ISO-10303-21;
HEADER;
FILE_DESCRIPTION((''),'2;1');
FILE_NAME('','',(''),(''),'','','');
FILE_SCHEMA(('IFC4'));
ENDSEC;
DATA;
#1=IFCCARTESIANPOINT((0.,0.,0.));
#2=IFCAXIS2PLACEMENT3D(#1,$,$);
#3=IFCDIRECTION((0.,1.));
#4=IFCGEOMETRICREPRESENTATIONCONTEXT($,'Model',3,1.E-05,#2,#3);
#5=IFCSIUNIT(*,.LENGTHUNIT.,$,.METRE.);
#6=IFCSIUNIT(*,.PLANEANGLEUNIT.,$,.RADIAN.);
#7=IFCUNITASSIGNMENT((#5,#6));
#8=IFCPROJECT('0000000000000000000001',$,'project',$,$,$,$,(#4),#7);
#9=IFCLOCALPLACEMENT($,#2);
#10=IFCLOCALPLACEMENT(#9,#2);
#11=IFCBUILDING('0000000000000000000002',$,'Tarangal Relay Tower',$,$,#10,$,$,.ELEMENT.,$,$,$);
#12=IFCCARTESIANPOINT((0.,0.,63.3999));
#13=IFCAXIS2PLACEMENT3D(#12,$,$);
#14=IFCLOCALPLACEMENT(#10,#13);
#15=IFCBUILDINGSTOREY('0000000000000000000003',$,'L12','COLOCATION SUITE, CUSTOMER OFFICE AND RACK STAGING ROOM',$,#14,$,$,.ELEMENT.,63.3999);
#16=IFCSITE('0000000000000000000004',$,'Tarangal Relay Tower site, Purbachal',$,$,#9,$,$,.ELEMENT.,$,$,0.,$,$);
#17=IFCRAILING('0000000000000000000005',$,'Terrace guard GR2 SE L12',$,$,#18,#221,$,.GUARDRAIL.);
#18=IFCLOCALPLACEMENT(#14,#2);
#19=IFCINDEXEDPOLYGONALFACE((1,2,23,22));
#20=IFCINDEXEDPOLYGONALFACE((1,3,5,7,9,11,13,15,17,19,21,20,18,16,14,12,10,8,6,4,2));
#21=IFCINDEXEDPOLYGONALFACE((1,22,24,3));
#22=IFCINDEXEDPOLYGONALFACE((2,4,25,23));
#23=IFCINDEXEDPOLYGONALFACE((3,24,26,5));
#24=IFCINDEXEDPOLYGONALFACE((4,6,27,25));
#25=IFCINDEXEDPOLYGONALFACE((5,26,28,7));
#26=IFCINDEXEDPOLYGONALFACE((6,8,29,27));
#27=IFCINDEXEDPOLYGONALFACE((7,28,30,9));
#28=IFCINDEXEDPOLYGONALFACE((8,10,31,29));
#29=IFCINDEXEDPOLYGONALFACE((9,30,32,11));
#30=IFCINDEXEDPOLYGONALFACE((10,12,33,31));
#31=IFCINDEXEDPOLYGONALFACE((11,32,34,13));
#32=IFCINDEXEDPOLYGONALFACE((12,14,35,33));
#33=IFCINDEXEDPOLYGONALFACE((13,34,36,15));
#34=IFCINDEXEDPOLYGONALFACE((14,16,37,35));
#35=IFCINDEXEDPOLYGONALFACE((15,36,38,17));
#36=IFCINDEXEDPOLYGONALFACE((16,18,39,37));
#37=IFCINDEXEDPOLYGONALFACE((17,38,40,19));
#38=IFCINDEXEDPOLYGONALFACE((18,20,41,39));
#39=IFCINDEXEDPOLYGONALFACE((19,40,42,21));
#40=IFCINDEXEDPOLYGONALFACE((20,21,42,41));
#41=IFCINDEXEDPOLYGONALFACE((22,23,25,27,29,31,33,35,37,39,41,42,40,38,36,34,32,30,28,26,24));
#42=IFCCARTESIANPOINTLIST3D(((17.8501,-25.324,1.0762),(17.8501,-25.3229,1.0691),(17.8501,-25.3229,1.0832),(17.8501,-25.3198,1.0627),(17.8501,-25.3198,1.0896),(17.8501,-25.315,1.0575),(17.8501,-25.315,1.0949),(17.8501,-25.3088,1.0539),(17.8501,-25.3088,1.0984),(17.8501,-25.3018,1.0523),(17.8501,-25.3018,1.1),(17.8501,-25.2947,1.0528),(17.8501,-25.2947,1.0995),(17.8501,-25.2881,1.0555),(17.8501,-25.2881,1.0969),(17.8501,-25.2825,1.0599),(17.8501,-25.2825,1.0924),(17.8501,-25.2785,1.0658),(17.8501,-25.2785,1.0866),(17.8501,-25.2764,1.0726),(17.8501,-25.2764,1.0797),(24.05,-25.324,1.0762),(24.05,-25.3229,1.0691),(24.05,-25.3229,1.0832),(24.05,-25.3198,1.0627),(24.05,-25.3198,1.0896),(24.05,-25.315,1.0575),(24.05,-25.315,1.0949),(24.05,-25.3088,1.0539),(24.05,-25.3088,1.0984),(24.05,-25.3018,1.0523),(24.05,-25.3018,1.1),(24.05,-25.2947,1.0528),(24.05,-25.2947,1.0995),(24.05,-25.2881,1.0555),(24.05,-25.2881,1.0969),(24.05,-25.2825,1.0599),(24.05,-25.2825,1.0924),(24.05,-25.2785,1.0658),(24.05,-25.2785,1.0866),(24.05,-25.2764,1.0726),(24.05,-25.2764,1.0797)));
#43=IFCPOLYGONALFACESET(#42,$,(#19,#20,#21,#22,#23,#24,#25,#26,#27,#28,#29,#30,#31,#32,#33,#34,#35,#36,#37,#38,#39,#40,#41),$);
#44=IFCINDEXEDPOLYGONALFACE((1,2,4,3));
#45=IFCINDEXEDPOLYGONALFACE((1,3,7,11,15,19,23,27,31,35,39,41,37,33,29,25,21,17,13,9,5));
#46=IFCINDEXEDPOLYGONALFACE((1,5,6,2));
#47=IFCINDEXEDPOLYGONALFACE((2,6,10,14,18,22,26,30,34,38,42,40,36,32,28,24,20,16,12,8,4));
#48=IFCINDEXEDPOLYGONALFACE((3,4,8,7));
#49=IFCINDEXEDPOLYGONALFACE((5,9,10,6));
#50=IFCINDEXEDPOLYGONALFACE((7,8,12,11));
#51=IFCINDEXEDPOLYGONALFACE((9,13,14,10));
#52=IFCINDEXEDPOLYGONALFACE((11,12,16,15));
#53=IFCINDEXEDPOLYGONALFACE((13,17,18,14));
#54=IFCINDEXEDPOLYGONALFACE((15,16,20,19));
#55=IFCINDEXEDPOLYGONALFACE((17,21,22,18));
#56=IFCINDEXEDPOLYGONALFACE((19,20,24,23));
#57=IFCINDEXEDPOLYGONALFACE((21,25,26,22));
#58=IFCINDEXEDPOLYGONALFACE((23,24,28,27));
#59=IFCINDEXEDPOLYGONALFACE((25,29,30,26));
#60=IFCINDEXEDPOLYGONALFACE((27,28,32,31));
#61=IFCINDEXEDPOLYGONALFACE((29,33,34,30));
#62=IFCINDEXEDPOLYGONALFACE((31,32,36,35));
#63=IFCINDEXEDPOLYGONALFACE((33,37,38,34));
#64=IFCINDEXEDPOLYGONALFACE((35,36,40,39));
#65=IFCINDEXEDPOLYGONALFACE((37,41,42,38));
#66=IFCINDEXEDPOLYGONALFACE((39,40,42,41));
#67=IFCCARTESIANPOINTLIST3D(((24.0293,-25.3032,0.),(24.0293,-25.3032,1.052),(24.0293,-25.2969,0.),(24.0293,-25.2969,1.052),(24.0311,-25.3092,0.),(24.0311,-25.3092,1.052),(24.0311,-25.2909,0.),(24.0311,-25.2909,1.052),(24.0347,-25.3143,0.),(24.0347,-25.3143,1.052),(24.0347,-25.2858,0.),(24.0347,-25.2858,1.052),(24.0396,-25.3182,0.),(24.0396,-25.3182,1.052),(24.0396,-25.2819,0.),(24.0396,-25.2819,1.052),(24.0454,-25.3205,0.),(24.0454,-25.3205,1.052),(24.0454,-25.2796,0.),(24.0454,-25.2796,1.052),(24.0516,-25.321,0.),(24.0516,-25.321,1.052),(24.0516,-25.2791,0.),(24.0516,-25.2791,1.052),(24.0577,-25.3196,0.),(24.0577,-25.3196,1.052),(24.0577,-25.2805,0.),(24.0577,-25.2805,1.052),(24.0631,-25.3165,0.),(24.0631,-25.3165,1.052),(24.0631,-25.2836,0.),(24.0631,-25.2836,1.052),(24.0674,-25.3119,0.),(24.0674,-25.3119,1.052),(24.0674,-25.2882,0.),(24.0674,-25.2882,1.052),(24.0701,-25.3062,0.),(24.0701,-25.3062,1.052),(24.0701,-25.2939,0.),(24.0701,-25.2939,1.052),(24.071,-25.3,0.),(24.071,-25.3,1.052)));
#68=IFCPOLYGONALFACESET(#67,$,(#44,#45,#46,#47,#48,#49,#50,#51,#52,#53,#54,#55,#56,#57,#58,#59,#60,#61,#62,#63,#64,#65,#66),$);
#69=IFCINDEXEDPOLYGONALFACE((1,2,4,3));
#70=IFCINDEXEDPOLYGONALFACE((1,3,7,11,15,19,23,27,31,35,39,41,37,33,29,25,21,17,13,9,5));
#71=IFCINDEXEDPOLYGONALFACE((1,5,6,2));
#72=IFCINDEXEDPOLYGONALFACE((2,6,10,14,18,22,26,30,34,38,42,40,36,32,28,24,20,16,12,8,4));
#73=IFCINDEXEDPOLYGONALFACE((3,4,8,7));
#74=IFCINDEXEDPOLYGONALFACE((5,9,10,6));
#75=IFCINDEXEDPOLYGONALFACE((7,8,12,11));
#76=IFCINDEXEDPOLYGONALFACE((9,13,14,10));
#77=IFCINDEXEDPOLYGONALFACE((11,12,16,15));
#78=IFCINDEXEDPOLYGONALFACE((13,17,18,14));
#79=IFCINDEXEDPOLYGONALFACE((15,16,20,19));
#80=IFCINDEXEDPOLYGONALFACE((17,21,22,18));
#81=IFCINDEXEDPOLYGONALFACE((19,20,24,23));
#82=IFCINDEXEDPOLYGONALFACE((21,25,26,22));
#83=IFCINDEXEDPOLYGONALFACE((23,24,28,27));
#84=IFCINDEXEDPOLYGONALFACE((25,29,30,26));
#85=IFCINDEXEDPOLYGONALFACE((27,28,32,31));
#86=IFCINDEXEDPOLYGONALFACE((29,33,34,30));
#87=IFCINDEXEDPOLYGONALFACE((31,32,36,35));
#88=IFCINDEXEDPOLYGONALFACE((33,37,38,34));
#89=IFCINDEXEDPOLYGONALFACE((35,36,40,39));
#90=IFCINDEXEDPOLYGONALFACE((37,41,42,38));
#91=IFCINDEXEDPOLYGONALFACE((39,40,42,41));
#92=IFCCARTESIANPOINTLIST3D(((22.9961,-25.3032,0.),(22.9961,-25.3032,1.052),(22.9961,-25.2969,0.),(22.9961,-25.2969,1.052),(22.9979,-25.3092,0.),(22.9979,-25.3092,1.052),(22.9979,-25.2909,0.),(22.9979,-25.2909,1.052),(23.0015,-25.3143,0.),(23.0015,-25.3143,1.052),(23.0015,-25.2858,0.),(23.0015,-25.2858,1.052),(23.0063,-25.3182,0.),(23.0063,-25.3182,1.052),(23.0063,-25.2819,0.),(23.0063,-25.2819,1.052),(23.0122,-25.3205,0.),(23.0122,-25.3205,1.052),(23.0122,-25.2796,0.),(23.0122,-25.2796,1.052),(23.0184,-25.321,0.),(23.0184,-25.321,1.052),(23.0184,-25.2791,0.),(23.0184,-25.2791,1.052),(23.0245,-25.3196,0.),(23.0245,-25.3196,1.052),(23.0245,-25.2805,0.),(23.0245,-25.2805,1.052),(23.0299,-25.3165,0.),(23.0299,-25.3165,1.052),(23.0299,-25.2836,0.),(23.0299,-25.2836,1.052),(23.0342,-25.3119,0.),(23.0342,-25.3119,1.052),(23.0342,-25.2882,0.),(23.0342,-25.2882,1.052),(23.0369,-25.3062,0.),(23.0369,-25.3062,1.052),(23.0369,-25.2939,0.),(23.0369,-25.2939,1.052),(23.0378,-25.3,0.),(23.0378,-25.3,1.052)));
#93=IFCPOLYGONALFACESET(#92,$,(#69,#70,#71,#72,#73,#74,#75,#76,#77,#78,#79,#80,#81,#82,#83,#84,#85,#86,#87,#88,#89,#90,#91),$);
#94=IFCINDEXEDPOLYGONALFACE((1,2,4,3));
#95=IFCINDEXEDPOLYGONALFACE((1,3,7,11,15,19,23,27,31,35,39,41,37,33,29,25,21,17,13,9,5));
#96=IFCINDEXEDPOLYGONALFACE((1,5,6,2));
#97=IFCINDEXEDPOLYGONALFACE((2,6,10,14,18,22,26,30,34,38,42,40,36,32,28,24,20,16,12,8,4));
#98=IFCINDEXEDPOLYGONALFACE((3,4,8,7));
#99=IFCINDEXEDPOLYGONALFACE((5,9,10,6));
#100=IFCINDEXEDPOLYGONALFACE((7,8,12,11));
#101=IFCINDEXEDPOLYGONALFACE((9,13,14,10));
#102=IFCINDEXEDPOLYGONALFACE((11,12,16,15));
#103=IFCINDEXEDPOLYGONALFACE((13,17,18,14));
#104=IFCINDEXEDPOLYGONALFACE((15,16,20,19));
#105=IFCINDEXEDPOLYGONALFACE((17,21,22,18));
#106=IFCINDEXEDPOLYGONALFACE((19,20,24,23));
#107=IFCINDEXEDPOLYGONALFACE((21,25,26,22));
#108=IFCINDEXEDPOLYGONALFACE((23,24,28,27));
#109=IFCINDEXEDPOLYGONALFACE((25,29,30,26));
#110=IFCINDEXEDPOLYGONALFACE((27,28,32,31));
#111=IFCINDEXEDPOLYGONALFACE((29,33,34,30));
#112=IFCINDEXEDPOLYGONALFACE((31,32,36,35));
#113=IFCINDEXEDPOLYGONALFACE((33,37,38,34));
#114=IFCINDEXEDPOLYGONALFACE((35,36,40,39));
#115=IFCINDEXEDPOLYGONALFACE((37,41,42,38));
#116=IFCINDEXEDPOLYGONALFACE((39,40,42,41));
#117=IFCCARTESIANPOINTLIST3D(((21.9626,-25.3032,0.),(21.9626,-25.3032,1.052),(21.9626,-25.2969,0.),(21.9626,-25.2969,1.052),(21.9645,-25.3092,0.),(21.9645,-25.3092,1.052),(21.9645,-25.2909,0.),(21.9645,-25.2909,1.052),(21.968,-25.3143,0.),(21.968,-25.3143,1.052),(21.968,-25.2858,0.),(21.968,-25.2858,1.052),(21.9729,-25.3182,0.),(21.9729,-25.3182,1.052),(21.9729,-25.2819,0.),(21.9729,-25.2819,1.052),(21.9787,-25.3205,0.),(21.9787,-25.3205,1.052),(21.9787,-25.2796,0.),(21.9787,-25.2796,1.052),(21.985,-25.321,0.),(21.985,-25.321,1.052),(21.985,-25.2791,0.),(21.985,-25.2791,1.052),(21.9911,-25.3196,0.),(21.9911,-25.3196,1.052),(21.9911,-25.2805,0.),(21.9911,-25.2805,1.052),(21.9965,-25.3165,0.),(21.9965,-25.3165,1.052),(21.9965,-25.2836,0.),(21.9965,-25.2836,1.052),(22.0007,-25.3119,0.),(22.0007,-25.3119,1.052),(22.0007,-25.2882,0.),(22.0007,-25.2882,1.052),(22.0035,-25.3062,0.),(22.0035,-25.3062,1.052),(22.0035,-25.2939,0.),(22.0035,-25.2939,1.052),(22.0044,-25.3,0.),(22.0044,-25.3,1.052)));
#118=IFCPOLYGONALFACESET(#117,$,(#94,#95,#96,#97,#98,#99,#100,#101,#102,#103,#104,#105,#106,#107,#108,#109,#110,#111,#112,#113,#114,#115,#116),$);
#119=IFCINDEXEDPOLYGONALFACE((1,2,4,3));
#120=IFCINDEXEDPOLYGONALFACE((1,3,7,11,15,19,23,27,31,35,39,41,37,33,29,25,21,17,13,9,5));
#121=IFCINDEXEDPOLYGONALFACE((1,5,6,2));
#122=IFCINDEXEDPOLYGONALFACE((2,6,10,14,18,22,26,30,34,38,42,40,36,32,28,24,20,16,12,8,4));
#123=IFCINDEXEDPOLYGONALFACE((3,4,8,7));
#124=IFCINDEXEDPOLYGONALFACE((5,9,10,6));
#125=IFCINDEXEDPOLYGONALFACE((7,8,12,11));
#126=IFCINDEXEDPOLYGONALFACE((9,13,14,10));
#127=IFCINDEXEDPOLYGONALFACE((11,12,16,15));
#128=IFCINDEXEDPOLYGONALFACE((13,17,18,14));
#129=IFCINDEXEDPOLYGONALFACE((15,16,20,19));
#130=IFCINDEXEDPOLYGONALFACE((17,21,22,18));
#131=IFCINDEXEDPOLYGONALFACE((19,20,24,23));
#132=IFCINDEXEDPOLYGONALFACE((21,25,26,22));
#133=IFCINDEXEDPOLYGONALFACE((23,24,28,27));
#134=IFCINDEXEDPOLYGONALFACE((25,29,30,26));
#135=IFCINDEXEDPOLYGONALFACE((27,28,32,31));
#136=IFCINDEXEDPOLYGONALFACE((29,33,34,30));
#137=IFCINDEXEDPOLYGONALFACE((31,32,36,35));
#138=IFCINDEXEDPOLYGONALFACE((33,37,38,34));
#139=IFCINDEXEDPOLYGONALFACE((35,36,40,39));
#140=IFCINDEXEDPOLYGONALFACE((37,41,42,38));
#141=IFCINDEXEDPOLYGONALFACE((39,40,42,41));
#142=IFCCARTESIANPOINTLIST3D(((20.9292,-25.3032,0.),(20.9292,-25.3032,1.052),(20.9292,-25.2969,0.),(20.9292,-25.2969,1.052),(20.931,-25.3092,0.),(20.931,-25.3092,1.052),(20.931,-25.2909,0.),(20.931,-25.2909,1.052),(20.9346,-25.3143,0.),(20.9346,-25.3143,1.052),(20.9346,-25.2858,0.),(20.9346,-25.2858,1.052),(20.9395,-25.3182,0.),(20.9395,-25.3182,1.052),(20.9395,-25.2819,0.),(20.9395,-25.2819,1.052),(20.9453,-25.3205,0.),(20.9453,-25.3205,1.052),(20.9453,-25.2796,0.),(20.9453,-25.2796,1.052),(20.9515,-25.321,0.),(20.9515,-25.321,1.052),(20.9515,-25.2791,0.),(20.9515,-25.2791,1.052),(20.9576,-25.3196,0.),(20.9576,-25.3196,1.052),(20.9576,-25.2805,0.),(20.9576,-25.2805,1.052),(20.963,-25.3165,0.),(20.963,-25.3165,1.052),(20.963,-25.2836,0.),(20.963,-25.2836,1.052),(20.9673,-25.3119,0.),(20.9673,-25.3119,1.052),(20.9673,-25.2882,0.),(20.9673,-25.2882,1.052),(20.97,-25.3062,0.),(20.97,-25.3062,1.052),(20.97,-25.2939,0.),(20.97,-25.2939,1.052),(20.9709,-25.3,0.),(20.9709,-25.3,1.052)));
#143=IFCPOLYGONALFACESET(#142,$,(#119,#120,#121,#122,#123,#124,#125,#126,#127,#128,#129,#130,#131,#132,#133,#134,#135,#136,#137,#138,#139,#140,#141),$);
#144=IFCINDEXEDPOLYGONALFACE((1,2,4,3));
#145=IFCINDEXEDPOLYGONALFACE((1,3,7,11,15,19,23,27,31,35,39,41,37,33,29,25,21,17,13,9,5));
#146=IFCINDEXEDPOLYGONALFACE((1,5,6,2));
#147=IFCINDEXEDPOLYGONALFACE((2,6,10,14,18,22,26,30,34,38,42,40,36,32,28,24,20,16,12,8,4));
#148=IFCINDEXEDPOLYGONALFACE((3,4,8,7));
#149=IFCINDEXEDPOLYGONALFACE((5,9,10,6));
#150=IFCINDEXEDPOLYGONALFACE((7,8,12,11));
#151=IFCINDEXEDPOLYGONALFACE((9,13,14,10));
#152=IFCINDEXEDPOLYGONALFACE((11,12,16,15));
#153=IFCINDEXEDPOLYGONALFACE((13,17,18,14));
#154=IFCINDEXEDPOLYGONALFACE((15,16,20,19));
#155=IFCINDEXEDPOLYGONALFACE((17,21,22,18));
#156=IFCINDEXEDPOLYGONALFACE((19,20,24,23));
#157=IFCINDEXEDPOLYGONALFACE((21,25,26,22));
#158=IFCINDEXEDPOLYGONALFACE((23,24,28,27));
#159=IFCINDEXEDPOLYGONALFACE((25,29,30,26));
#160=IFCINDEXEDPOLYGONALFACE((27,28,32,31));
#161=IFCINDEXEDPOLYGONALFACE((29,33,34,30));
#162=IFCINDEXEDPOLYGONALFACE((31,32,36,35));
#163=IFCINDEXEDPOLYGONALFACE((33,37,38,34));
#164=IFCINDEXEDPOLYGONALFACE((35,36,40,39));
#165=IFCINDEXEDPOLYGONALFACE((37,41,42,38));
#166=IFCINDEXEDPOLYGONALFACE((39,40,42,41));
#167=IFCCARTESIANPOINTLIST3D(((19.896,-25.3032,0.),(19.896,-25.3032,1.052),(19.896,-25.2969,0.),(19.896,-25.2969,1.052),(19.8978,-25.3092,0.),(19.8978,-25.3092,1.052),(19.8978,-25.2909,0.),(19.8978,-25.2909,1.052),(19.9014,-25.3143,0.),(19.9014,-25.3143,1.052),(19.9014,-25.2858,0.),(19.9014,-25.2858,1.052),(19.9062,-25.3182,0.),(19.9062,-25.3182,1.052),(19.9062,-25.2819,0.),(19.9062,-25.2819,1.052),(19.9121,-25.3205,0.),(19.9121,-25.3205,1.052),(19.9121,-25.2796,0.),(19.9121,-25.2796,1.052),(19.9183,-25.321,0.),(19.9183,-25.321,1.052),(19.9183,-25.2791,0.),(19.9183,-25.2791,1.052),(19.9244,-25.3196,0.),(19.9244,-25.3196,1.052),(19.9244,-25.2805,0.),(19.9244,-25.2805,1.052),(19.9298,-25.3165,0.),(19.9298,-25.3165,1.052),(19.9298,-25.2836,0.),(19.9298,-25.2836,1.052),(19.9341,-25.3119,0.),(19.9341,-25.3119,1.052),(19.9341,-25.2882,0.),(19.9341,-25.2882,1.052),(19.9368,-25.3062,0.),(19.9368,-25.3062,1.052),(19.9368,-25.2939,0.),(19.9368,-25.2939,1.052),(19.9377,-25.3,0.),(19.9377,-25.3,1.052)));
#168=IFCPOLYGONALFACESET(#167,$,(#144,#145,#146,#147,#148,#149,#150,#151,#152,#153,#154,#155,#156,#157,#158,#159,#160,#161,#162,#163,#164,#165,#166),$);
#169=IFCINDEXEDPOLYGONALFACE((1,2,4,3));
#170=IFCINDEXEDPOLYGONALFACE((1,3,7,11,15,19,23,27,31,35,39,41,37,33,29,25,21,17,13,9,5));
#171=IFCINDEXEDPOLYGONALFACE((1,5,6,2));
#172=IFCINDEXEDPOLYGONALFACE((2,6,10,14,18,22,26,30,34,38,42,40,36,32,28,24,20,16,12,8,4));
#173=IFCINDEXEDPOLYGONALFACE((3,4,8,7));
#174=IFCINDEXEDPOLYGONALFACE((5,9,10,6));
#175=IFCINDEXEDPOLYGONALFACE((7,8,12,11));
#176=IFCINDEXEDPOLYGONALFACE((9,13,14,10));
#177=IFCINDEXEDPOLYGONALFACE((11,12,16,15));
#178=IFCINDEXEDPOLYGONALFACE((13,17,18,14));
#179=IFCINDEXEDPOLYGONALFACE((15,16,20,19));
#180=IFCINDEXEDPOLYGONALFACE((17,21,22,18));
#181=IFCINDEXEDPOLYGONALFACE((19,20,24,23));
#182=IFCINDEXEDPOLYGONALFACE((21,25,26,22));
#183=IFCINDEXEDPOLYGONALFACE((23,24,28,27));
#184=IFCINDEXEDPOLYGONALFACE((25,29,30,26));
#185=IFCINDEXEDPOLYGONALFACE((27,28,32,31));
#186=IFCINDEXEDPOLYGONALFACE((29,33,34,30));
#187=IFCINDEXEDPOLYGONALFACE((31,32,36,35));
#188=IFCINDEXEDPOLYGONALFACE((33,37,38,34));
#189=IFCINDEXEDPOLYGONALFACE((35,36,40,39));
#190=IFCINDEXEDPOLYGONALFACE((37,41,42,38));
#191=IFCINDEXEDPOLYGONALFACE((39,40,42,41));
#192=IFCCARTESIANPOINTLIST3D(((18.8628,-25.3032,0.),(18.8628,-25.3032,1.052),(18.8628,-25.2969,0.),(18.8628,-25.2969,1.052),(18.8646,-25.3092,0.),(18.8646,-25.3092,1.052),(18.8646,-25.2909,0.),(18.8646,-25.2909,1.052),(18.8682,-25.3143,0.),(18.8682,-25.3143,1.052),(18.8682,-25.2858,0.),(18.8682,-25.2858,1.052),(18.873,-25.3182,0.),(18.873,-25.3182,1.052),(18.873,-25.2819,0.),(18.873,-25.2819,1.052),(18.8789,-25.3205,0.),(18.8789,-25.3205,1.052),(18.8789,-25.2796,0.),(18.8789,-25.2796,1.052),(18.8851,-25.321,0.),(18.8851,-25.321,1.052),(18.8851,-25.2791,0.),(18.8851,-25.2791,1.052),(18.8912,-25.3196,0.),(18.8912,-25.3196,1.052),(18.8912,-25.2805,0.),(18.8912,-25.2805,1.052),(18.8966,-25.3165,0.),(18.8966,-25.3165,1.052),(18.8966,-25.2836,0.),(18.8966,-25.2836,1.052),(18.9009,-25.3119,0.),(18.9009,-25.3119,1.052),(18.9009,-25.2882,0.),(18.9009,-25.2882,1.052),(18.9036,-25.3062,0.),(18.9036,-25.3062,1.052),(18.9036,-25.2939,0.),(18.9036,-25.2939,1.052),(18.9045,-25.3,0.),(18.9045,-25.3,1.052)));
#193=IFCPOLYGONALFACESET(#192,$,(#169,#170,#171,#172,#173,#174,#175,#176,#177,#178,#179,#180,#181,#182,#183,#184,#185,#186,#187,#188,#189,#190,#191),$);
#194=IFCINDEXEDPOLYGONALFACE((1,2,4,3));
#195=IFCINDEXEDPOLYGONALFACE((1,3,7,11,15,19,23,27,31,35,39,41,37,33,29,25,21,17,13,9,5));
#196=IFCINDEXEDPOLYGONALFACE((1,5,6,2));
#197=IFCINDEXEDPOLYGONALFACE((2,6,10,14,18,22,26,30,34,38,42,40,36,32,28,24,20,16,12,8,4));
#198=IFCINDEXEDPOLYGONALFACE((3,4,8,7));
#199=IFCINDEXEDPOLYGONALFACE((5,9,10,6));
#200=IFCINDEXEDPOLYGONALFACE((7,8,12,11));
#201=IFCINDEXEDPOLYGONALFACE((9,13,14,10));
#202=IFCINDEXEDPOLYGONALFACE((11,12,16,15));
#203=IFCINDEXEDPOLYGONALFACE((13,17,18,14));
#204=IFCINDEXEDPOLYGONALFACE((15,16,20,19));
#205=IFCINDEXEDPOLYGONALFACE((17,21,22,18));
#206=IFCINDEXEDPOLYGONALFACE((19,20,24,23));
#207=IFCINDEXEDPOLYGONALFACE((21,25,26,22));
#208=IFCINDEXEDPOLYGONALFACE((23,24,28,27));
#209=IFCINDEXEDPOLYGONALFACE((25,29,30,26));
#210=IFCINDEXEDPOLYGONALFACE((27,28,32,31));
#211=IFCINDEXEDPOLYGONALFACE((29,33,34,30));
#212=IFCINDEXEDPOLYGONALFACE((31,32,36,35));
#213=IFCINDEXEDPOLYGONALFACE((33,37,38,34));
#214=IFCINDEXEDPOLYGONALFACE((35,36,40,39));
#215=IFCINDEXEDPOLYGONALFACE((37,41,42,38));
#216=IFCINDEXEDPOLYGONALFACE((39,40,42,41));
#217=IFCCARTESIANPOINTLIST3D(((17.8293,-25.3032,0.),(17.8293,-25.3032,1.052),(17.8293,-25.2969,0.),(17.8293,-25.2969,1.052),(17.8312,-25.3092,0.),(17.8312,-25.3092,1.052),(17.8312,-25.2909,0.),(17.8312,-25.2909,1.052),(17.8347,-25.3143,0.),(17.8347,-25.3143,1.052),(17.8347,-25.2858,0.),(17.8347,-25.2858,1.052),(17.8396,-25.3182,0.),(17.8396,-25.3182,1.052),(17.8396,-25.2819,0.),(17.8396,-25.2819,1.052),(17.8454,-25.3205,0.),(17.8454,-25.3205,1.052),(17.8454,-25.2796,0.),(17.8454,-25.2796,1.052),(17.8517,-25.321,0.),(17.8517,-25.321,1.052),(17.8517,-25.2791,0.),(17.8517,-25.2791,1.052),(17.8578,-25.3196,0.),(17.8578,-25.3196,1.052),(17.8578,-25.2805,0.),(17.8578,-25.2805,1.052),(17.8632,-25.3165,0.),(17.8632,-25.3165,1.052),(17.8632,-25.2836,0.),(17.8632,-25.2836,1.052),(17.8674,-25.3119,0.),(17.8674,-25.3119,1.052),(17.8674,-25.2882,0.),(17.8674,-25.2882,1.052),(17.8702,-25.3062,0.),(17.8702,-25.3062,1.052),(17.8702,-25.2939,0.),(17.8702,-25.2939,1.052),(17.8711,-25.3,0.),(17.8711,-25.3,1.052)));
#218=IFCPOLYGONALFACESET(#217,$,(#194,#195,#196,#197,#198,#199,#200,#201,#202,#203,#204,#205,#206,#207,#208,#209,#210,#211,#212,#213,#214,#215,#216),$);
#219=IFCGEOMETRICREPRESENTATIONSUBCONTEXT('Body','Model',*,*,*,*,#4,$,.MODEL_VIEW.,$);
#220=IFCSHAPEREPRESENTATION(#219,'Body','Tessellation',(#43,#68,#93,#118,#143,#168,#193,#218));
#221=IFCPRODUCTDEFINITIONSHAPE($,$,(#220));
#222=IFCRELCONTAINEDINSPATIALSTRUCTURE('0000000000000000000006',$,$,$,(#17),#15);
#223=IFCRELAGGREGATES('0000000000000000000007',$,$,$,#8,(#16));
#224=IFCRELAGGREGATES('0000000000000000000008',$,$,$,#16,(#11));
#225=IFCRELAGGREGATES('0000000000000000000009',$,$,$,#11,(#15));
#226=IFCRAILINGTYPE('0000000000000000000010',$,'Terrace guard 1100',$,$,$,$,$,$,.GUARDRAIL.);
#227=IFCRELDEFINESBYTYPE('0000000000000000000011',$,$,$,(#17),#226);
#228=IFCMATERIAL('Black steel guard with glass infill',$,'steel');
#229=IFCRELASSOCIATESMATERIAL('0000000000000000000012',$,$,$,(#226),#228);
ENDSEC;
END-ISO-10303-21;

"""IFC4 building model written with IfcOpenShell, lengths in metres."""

from ifc_helpers import new_model, si_unit, direction, frame, origin, origin_2d, place, context, subcontext, project, spatial, circle, extrude, material, type_object, element, save


model = new_model("IFC4")

# Units and contexts
model_context = context("Model", 3, precision=1e-05, world=origin(), true_north=direction((0.0, 1.0)))
body_context = subcontext(model_context, "Body", "Model", "MODEL_VIEW")
ifc_project = project(units=[si_unit("LENGTHUNIT", "METRE"), si_unit("PLANEANGLEUNIT", "RADIAN")], contexts=[model_context])

# Site, building, storey
site_placement = place(None, origin())
site = spatial("IfcSite", under=ifc_project, at=site_placement, Name="Tarangal Relay Tower site, Purbachal", CompositionType="ELEMENT", RefElevation=0.0)
building_placement = place(site_placement, origin())
building = spatial("IfcBuilding", under=site, at=building_placement, Name="Tarangal Relay Tower", CompositionType="ELEMENT")
storey_placement = place(building_placement, frame((0.0, 0.0, 63.3999)))
storey = spatial("IfcBuildingStorey", under=building, at=storey_placement, Name="L12", Description="COLOCATION SUITE, CUSTOMER OFFICE AND RACK STAGING ROOM", CompositionType="ELEMENT", Elevation=63.3999)

# Railing
ifc_material_1 = material(Name="Black steel guard with glass infill", Category="steel")
railing_type = type_object("IfcRailingType", Name="Terrace guard 1100", PredefinedType="GUARDRAIL", material=ifc_material_1)
railing_1_placement = place(storey_placement, frame((24.05, -25.3, 0.0)))
element("IfcRailing", 1, at=railing_1_placement, inside=storey, type_object=railing_type, Name="Terrace guard GR2 SE L12", PredefinedType="GUARDRAIL", context=body_context, shape_type="SweptSolid", body=[
    extrude(circle(Radius=0.0239, at=origin_2d()), frame((0.0, 0.0, 1.0762), z_axis=(-1.0, 0.0, 0.0), x_axis=(0.0, -1.0, 0.0)), (0.0, 0.0, 1.0), 6.2),
    extrude(circle(Radius=0.021, at=origin_2d()), origin(), (0.0, 0.0, 1.0), 1.052),
    extrude(circle(Radius=0.021, at=origin_2d()), frame((-1.0332, 0.0, 0.0)), (0.0, 0.0, 1.0), 1.052),
    extrude(circle(Radius=0.021, at=origin_2d()), frame((-2.0667, 0.0, 0.0)), (0.0, 0.0, 1.0), 1.052),
    extrude(circle(Radius=0.021, at=origin_2d()), frame((-3.1001, 0.0, 0.0)), (0.0, 0.0, 1.0), 1.052),
    extrude(circle(Radius=0.021, at=origin_2d()), frame((-4.1333, 0.0, 0.0)), (0.0, 0.0, 1.0), 1.052),
    extrude(circle(Radius=0.021, at=origin_2d()), frame((-5.1665, 0.0, 0.0)), (0.0, 0.0, 1.0), 1.052),
    extrude(circle(Radius=0.021, at=origin_2d()), frame((-6.2, 0.0, 0.0)), (0.0, 0.0, 1.0), 1.052),
])

save(model, "model.ifc")
